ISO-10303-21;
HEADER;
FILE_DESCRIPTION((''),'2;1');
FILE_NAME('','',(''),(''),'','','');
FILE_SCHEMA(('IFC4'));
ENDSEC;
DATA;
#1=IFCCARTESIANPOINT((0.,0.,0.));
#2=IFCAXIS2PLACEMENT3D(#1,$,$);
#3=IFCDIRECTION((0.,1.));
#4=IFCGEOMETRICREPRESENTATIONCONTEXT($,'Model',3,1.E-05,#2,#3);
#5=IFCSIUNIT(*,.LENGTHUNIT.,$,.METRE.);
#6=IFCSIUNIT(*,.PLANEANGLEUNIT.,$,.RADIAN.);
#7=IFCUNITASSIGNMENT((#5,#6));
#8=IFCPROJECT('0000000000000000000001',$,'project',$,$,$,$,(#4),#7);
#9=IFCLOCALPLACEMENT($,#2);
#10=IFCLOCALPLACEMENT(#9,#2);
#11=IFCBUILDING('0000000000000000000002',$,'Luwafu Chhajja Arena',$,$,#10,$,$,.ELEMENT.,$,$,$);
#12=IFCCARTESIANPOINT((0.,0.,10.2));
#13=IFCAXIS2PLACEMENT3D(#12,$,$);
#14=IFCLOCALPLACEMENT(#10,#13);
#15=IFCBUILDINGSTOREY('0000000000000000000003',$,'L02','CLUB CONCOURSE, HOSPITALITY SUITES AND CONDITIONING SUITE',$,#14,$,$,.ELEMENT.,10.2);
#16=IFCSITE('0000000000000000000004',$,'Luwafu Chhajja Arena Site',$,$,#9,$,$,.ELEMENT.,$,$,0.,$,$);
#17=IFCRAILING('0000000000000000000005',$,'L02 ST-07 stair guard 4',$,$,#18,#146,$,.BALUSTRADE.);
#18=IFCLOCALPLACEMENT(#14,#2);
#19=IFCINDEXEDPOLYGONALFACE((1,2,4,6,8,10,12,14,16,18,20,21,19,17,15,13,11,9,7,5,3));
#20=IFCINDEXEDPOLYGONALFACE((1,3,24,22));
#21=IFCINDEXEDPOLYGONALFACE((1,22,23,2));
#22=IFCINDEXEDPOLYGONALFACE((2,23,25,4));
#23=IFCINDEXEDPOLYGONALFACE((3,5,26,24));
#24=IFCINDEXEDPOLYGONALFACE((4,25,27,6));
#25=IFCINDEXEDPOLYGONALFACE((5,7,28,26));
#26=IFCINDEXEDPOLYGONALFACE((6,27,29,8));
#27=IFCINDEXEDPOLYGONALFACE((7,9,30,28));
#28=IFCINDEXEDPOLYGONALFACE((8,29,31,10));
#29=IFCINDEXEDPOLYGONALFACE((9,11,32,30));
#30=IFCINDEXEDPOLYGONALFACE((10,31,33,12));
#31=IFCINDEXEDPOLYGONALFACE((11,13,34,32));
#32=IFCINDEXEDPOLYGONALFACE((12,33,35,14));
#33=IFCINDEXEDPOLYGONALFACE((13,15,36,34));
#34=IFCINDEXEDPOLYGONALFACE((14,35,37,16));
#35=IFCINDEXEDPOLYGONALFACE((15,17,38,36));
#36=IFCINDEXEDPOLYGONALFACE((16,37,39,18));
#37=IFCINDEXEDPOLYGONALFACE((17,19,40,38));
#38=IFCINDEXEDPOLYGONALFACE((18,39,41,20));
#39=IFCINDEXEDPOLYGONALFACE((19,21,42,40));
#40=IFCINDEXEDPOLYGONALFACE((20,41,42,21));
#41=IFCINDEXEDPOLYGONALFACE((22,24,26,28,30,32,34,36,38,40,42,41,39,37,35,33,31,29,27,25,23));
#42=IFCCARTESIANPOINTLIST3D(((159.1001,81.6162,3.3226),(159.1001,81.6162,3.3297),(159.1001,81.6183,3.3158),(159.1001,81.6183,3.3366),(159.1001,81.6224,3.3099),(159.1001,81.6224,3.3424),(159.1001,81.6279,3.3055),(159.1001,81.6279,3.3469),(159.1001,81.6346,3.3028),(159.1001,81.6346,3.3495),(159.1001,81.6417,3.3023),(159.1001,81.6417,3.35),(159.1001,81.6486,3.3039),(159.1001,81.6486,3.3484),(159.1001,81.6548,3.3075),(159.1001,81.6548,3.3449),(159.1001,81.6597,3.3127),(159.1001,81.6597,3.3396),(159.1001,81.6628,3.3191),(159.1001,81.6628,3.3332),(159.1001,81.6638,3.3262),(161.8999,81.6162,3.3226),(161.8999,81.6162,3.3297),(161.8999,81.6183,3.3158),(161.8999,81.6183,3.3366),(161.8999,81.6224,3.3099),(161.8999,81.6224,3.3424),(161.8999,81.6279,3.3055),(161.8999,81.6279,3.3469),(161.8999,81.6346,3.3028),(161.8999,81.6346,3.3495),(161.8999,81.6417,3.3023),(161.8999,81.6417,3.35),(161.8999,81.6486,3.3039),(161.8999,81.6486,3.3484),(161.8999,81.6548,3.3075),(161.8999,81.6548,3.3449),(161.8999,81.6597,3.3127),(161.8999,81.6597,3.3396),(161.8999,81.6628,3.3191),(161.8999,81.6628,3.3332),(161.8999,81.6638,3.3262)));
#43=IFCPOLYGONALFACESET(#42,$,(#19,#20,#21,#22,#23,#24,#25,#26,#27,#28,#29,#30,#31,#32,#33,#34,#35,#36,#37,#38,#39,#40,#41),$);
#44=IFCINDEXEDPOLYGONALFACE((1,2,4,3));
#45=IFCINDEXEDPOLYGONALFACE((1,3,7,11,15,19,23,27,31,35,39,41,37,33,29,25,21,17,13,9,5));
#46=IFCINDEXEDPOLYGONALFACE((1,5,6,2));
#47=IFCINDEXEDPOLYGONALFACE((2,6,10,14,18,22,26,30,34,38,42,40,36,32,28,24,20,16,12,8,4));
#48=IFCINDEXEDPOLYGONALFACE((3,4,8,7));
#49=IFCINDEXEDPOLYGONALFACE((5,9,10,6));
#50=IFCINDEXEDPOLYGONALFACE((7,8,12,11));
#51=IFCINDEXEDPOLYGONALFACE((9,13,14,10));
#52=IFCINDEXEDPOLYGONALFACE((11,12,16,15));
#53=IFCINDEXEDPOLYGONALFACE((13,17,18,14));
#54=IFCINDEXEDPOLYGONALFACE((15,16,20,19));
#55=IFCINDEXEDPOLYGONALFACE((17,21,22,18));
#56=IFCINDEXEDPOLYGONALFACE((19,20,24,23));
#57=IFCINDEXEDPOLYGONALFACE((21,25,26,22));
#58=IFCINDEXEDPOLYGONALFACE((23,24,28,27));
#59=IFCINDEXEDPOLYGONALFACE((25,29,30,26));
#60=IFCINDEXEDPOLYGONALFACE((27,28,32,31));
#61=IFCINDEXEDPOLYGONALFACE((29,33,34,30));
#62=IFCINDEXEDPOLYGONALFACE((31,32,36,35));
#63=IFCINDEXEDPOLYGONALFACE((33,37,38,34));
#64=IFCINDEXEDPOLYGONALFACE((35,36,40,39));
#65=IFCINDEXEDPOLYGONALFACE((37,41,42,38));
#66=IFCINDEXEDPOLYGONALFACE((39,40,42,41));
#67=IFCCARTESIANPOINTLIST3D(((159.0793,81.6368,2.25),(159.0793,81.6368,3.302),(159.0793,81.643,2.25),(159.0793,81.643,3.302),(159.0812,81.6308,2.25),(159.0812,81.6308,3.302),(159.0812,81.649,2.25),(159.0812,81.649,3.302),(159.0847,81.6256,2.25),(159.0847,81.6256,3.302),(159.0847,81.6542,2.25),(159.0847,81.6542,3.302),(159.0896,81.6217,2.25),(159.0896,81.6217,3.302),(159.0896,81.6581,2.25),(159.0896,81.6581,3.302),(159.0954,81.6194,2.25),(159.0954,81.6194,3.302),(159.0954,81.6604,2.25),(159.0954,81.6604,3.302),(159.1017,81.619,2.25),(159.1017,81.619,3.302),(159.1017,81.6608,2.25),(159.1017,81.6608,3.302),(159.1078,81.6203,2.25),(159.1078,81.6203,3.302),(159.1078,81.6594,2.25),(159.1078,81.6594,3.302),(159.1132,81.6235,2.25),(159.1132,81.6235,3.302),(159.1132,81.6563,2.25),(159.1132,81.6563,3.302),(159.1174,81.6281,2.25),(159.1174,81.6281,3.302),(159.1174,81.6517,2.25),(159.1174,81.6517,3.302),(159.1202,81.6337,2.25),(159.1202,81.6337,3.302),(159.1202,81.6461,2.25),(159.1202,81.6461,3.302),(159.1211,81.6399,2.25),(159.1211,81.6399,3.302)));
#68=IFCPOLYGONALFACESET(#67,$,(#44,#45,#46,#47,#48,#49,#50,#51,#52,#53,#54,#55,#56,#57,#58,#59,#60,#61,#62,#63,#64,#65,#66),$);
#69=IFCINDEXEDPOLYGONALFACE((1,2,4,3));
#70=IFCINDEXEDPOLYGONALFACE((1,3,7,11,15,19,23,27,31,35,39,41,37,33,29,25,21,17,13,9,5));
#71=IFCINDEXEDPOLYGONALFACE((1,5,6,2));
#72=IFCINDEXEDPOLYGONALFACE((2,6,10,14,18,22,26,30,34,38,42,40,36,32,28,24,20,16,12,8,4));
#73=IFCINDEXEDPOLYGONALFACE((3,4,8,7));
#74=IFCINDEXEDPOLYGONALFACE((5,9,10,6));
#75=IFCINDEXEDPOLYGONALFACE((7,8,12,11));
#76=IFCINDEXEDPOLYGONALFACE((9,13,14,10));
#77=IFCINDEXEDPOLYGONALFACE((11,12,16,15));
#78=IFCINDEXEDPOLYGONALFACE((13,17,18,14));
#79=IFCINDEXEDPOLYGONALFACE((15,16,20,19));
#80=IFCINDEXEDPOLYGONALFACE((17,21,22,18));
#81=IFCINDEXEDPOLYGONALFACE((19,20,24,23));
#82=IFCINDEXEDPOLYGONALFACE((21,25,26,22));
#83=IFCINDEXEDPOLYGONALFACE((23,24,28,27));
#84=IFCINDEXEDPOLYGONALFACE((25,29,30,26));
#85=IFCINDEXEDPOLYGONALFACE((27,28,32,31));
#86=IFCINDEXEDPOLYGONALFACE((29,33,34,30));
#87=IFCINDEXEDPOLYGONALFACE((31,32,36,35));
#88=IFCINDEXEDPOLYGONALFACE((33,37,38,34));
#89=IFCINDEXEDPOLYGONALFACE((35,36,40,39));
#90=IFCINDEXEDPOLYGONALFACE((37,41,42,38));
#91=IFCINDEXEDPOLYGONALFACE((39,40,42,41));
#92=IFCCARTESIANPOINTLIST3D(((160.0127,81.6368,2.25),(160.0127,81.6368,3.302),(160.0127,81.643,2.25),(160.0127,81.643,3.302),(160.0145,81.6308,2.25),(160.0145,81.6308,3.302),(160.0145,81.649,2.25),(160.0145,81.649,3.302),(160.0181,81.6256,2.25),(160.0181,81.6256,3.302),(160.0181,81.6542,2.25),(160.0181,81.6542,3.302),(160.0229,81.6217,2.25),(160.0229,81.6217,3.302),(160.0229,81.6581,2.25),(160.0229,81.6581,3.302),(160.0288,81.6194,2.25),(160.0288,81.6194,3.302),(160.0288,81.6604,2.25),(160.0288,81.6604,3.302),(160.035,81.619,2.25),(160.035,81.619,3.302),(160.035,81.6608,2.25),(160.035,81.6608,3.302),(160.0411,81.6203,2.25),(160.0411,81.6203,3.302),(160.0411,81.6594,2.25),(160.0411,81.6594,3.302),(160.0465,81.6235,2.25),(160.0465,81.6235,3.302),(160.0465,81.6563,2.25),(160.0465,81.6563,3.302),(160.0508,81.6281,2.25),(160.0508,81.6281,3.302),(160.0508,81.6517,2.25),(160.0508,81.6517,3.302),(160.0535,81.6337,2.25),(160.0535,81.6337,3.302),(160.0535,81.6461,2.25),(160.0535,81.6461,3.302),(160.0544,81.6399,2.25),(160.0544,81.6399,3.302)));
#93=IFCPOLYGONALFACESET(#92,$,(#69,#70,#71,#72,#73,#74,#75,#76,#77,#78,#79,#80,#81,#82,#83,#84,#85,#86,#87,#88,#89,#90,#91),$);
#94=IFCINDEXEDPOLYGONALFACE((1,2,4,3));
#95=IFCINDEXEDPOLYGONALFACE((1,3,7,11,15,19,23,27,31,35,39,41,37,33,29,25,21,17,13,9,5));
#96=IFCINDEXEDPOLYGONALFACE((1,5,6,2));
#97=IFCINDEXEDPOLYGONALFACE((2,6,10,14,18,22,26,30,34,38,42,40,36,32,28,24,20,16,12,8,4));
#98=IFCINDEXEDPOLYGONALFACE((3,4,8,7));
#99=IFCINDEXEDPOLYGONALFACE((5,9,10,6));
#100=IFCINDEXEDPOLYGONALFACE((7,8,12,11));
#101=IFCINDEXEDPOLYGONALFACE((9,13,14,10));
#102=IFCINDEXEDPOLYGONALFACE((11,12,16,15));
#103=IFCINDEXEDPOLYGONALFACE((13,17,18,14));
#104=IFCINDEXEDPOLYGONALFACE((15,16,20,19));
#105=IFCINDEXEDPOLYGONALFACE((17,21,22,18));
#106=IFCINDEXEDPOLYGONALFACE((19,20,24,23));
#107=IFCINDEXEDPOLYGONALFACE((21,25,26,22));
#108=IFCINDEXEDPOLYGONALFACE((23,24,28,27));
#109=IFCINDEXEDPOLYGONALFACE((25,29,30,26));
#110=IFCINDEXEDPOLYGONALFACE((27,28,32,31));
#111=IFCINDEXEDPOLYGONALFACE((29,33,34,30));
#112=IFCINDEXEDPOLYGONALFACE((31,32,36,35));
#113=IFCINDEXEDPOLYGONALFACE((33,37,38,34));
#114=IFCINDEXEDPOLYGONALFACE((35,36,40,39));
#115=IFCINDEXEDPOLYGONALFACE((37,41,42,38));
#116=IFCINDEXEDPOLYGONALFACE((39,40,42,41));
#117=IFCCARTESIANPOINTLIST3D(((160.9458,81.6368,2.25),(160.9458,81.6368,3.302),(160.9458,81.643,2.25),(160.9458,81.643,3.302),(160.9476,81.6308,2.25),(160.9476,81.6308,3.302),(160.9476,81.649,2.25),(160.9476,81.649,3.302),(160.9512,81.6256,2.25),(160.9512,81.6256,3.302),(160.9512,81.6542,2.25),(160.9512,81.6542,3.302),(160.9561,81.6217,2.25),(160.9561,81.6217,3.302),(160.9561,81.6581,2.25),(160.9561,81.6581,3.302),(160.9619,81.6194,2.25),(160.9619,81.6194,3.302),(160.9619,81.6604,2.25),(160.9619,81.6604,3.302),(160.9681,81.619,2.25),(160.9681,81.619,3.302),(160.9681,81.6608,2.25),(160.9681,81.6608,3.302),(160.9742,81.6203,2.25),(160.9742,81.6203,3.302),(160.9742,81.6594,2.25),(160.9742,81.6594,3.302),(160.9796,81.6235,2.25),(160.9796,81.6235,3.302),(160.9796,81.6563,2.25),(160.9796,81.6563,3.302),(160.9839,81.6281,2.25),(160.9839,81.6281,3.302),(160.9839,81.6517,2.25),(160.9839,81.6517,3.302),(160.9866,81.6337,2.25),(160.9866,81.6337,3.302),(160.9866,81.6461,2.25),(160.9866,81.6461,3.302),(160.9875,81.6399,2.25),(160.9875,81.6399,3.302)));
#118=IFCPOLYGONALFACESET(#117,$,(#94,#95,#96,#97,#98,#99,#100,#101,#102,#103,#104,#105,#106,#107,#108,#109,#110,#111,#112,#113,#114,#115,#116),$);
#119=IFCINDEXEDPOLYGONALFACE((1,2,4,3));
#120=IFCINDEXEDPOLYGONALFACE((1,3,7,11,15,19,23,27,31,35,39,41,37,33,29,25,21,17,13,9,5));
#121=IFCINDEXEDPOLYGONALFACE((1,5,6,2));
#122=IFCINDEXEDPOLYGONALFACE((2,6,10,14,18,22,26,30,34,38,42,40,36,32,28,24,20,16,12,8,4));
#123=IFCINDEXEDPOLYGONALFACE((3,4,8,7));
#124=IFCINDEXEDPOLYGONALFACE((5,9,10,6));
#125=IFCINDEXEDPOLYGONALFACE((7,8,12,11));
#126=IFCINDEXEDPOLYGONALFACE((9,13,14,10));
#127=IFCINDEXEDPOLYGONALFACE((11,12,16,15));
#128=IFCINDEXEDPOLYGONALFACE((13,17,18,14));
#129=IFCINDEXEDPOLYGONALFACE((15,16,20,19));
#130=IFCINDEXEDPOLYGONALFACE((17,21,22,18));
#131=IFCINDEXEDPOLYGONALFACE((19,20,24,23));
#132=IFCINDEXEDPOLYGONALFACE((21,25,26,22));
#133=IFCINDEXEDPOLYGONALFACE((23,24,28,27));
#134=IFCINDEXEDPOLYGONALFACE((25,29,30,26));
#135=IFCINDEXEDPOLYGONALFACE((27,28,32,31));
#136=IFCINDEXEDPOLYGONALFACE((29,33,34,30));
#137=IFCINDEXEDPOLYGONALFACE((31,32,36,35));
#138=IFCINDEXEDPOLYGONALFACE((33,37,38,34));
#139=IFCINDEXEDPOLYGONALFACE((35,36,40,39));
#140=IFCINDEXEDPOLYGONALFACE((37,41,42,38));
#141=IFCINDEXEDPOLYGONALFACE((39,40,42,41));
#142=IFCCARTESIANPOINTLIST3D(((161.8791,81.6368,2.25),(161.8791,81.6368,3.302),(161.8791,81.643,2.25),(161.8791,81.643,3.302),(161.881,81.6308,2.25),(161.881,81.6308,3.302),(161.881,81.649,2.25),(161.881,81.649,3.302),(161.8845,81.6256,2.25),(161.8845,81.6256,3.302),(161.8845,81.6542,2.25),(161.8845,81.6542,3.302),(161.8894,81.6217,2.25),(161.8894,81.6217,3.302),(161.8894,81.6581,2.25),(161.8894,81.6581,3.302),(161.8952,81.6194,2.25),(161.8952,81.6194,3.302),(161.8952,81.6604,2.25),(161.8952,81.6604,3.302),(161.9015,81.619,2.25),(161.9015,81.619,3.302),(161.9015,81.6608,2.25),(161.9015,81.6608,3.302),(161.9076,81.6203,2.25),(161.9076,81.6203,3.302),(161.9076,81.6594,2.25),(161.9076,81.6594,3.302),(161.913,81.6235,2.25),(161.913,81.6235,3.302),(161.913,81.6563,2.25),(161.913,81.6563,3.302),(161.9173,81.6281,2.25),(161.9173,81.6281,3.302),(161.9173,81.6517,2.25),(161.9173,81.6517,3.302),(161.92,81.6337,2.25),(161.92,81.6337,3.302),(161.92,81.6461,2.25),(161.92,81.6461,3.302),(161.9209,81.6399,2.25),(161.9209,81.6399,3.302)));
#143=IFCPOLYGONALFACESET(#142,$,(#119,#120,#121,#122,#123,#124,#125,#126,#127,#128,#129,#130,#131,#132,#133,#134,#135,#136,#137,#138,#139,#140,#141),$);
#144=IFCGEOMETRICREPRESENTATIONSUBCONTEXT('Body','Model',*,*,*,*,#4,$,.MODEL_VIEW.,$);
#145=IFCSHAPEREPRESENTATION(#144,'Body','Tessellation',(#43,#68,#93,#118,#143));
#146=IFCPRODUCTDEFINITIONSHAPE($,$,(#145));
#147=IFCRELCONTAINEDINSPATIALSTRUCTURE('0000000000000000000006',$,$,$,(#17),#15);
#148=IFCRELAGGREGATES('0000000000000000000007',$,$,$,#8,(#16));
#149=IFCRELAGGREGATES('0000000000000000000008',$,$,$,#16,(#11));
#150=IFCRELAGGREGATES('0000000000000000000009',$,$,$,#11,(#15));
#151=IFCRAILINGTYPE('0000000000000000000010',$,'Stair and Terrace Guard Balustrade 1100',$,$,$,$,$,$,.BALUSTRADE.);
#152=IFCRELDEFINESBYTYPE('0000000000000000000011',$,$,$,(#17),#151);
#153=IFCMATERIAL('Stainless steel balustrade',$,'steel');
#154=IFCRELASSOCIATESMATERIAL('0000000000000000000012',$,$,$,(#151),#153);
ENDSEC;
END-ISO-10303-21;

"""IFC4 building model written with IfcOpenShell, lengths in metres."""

from ifc_helpers import new_model, si_unit, direction, frame, origin, origin_2d, place, context, subcontext, project, spatial, circle, extrude, material, type_object, element, save


model = new_model("IFC4")

# Units and contexts
model_context = context("Model", 3, precision=1e-05, world=origin(), true_north=direction((0.0, 1.0)))
body_context = subcontext(model_context, "Body", "Model", "MODEL_VIEW")
ifc_project = project(units=[si_unit("LENGTHUNIT", "METRE"), si_unit("PLANEANGLEUNIT", "RADIAN")], contexts=[model_context])

# Site, building, storey
site_placement = place(None, origin())
site = spatial("IfcSite", under=ifc_project, at=site_placement, Name="Luwafu Chhajja Arena Site", CompositionType="ELEMENT", RefElevation=0.0)
building_placement = place(site_placement, origin())
building = spatial("IfcBuilding", under=site, at=building_placement, Name="Luwafu Chhajja Arena", CompositionType="ELEMENT")
storey_placement = place(building_placement, frame((0.0, 0.0, 10.2)))
storey = spatial("IfcBuildingStorey", under=building, at=storey_placement, Name="L02", Description="CLUB CONCOURSE, HOSPITALITY SUITES AND CONDITIONING SUITE", CompositionType="ELEMENT", Elevation=10.2)

# Railing
ifc_material_1 = material(Name="Stainless steel balustrade", Category="steel")
railing_type_1 = type_object("IfcRailingType", Name="Stair and Terrace Guard Balustrade 1100", PredefinedType="BALUSTRADE", material=ifc_material_1)
for number, where, name in (
    (1, (159.1001, 81.6399, 2.25), "L02 ST-07 stair guard 4"),
):
    element("IfcRailing", number, at=place(storey_placement, frame(where)), inside=storey, type_object=railing_type_1, Name=name, PredefinedType="BALUSTRADE", context=body_context, shape_type="SweptSolid", body=[
        extrude(circle(Radius=0.0239, at=origin_2d()), frame((0.0, 0.0, 1.0762), z_axis=(1.0, 0.0, 0.0), x_axis=(0.0, 1.0, 0.0)), (0.0, 0.0, 1.0), 2.7998),
        extrude(circle(Radius=0.021, at=origin_2d()), origin(), (0.0, 0.0, 1.0), 1.052),
        extrude(circle(Radius=0.021, at=origin_2d()), frame((0.9333, 0.0, 0.0)), (0.0, 0.0, 1.0), 1.052),
        extrude(circle(Radius=0.021, at=origin_2d()), frame((1.8665, 0.0, 0.0)), (0.0, 0.0, 1.0), 1.052),
        extrude(circle(Radius=0.021, at=origin_2d()), frame((2.7998, 0.0, 0.0)), (0.0, 0.0, 1.0), 1.052),
    ])

save(model, "model.ifc")
